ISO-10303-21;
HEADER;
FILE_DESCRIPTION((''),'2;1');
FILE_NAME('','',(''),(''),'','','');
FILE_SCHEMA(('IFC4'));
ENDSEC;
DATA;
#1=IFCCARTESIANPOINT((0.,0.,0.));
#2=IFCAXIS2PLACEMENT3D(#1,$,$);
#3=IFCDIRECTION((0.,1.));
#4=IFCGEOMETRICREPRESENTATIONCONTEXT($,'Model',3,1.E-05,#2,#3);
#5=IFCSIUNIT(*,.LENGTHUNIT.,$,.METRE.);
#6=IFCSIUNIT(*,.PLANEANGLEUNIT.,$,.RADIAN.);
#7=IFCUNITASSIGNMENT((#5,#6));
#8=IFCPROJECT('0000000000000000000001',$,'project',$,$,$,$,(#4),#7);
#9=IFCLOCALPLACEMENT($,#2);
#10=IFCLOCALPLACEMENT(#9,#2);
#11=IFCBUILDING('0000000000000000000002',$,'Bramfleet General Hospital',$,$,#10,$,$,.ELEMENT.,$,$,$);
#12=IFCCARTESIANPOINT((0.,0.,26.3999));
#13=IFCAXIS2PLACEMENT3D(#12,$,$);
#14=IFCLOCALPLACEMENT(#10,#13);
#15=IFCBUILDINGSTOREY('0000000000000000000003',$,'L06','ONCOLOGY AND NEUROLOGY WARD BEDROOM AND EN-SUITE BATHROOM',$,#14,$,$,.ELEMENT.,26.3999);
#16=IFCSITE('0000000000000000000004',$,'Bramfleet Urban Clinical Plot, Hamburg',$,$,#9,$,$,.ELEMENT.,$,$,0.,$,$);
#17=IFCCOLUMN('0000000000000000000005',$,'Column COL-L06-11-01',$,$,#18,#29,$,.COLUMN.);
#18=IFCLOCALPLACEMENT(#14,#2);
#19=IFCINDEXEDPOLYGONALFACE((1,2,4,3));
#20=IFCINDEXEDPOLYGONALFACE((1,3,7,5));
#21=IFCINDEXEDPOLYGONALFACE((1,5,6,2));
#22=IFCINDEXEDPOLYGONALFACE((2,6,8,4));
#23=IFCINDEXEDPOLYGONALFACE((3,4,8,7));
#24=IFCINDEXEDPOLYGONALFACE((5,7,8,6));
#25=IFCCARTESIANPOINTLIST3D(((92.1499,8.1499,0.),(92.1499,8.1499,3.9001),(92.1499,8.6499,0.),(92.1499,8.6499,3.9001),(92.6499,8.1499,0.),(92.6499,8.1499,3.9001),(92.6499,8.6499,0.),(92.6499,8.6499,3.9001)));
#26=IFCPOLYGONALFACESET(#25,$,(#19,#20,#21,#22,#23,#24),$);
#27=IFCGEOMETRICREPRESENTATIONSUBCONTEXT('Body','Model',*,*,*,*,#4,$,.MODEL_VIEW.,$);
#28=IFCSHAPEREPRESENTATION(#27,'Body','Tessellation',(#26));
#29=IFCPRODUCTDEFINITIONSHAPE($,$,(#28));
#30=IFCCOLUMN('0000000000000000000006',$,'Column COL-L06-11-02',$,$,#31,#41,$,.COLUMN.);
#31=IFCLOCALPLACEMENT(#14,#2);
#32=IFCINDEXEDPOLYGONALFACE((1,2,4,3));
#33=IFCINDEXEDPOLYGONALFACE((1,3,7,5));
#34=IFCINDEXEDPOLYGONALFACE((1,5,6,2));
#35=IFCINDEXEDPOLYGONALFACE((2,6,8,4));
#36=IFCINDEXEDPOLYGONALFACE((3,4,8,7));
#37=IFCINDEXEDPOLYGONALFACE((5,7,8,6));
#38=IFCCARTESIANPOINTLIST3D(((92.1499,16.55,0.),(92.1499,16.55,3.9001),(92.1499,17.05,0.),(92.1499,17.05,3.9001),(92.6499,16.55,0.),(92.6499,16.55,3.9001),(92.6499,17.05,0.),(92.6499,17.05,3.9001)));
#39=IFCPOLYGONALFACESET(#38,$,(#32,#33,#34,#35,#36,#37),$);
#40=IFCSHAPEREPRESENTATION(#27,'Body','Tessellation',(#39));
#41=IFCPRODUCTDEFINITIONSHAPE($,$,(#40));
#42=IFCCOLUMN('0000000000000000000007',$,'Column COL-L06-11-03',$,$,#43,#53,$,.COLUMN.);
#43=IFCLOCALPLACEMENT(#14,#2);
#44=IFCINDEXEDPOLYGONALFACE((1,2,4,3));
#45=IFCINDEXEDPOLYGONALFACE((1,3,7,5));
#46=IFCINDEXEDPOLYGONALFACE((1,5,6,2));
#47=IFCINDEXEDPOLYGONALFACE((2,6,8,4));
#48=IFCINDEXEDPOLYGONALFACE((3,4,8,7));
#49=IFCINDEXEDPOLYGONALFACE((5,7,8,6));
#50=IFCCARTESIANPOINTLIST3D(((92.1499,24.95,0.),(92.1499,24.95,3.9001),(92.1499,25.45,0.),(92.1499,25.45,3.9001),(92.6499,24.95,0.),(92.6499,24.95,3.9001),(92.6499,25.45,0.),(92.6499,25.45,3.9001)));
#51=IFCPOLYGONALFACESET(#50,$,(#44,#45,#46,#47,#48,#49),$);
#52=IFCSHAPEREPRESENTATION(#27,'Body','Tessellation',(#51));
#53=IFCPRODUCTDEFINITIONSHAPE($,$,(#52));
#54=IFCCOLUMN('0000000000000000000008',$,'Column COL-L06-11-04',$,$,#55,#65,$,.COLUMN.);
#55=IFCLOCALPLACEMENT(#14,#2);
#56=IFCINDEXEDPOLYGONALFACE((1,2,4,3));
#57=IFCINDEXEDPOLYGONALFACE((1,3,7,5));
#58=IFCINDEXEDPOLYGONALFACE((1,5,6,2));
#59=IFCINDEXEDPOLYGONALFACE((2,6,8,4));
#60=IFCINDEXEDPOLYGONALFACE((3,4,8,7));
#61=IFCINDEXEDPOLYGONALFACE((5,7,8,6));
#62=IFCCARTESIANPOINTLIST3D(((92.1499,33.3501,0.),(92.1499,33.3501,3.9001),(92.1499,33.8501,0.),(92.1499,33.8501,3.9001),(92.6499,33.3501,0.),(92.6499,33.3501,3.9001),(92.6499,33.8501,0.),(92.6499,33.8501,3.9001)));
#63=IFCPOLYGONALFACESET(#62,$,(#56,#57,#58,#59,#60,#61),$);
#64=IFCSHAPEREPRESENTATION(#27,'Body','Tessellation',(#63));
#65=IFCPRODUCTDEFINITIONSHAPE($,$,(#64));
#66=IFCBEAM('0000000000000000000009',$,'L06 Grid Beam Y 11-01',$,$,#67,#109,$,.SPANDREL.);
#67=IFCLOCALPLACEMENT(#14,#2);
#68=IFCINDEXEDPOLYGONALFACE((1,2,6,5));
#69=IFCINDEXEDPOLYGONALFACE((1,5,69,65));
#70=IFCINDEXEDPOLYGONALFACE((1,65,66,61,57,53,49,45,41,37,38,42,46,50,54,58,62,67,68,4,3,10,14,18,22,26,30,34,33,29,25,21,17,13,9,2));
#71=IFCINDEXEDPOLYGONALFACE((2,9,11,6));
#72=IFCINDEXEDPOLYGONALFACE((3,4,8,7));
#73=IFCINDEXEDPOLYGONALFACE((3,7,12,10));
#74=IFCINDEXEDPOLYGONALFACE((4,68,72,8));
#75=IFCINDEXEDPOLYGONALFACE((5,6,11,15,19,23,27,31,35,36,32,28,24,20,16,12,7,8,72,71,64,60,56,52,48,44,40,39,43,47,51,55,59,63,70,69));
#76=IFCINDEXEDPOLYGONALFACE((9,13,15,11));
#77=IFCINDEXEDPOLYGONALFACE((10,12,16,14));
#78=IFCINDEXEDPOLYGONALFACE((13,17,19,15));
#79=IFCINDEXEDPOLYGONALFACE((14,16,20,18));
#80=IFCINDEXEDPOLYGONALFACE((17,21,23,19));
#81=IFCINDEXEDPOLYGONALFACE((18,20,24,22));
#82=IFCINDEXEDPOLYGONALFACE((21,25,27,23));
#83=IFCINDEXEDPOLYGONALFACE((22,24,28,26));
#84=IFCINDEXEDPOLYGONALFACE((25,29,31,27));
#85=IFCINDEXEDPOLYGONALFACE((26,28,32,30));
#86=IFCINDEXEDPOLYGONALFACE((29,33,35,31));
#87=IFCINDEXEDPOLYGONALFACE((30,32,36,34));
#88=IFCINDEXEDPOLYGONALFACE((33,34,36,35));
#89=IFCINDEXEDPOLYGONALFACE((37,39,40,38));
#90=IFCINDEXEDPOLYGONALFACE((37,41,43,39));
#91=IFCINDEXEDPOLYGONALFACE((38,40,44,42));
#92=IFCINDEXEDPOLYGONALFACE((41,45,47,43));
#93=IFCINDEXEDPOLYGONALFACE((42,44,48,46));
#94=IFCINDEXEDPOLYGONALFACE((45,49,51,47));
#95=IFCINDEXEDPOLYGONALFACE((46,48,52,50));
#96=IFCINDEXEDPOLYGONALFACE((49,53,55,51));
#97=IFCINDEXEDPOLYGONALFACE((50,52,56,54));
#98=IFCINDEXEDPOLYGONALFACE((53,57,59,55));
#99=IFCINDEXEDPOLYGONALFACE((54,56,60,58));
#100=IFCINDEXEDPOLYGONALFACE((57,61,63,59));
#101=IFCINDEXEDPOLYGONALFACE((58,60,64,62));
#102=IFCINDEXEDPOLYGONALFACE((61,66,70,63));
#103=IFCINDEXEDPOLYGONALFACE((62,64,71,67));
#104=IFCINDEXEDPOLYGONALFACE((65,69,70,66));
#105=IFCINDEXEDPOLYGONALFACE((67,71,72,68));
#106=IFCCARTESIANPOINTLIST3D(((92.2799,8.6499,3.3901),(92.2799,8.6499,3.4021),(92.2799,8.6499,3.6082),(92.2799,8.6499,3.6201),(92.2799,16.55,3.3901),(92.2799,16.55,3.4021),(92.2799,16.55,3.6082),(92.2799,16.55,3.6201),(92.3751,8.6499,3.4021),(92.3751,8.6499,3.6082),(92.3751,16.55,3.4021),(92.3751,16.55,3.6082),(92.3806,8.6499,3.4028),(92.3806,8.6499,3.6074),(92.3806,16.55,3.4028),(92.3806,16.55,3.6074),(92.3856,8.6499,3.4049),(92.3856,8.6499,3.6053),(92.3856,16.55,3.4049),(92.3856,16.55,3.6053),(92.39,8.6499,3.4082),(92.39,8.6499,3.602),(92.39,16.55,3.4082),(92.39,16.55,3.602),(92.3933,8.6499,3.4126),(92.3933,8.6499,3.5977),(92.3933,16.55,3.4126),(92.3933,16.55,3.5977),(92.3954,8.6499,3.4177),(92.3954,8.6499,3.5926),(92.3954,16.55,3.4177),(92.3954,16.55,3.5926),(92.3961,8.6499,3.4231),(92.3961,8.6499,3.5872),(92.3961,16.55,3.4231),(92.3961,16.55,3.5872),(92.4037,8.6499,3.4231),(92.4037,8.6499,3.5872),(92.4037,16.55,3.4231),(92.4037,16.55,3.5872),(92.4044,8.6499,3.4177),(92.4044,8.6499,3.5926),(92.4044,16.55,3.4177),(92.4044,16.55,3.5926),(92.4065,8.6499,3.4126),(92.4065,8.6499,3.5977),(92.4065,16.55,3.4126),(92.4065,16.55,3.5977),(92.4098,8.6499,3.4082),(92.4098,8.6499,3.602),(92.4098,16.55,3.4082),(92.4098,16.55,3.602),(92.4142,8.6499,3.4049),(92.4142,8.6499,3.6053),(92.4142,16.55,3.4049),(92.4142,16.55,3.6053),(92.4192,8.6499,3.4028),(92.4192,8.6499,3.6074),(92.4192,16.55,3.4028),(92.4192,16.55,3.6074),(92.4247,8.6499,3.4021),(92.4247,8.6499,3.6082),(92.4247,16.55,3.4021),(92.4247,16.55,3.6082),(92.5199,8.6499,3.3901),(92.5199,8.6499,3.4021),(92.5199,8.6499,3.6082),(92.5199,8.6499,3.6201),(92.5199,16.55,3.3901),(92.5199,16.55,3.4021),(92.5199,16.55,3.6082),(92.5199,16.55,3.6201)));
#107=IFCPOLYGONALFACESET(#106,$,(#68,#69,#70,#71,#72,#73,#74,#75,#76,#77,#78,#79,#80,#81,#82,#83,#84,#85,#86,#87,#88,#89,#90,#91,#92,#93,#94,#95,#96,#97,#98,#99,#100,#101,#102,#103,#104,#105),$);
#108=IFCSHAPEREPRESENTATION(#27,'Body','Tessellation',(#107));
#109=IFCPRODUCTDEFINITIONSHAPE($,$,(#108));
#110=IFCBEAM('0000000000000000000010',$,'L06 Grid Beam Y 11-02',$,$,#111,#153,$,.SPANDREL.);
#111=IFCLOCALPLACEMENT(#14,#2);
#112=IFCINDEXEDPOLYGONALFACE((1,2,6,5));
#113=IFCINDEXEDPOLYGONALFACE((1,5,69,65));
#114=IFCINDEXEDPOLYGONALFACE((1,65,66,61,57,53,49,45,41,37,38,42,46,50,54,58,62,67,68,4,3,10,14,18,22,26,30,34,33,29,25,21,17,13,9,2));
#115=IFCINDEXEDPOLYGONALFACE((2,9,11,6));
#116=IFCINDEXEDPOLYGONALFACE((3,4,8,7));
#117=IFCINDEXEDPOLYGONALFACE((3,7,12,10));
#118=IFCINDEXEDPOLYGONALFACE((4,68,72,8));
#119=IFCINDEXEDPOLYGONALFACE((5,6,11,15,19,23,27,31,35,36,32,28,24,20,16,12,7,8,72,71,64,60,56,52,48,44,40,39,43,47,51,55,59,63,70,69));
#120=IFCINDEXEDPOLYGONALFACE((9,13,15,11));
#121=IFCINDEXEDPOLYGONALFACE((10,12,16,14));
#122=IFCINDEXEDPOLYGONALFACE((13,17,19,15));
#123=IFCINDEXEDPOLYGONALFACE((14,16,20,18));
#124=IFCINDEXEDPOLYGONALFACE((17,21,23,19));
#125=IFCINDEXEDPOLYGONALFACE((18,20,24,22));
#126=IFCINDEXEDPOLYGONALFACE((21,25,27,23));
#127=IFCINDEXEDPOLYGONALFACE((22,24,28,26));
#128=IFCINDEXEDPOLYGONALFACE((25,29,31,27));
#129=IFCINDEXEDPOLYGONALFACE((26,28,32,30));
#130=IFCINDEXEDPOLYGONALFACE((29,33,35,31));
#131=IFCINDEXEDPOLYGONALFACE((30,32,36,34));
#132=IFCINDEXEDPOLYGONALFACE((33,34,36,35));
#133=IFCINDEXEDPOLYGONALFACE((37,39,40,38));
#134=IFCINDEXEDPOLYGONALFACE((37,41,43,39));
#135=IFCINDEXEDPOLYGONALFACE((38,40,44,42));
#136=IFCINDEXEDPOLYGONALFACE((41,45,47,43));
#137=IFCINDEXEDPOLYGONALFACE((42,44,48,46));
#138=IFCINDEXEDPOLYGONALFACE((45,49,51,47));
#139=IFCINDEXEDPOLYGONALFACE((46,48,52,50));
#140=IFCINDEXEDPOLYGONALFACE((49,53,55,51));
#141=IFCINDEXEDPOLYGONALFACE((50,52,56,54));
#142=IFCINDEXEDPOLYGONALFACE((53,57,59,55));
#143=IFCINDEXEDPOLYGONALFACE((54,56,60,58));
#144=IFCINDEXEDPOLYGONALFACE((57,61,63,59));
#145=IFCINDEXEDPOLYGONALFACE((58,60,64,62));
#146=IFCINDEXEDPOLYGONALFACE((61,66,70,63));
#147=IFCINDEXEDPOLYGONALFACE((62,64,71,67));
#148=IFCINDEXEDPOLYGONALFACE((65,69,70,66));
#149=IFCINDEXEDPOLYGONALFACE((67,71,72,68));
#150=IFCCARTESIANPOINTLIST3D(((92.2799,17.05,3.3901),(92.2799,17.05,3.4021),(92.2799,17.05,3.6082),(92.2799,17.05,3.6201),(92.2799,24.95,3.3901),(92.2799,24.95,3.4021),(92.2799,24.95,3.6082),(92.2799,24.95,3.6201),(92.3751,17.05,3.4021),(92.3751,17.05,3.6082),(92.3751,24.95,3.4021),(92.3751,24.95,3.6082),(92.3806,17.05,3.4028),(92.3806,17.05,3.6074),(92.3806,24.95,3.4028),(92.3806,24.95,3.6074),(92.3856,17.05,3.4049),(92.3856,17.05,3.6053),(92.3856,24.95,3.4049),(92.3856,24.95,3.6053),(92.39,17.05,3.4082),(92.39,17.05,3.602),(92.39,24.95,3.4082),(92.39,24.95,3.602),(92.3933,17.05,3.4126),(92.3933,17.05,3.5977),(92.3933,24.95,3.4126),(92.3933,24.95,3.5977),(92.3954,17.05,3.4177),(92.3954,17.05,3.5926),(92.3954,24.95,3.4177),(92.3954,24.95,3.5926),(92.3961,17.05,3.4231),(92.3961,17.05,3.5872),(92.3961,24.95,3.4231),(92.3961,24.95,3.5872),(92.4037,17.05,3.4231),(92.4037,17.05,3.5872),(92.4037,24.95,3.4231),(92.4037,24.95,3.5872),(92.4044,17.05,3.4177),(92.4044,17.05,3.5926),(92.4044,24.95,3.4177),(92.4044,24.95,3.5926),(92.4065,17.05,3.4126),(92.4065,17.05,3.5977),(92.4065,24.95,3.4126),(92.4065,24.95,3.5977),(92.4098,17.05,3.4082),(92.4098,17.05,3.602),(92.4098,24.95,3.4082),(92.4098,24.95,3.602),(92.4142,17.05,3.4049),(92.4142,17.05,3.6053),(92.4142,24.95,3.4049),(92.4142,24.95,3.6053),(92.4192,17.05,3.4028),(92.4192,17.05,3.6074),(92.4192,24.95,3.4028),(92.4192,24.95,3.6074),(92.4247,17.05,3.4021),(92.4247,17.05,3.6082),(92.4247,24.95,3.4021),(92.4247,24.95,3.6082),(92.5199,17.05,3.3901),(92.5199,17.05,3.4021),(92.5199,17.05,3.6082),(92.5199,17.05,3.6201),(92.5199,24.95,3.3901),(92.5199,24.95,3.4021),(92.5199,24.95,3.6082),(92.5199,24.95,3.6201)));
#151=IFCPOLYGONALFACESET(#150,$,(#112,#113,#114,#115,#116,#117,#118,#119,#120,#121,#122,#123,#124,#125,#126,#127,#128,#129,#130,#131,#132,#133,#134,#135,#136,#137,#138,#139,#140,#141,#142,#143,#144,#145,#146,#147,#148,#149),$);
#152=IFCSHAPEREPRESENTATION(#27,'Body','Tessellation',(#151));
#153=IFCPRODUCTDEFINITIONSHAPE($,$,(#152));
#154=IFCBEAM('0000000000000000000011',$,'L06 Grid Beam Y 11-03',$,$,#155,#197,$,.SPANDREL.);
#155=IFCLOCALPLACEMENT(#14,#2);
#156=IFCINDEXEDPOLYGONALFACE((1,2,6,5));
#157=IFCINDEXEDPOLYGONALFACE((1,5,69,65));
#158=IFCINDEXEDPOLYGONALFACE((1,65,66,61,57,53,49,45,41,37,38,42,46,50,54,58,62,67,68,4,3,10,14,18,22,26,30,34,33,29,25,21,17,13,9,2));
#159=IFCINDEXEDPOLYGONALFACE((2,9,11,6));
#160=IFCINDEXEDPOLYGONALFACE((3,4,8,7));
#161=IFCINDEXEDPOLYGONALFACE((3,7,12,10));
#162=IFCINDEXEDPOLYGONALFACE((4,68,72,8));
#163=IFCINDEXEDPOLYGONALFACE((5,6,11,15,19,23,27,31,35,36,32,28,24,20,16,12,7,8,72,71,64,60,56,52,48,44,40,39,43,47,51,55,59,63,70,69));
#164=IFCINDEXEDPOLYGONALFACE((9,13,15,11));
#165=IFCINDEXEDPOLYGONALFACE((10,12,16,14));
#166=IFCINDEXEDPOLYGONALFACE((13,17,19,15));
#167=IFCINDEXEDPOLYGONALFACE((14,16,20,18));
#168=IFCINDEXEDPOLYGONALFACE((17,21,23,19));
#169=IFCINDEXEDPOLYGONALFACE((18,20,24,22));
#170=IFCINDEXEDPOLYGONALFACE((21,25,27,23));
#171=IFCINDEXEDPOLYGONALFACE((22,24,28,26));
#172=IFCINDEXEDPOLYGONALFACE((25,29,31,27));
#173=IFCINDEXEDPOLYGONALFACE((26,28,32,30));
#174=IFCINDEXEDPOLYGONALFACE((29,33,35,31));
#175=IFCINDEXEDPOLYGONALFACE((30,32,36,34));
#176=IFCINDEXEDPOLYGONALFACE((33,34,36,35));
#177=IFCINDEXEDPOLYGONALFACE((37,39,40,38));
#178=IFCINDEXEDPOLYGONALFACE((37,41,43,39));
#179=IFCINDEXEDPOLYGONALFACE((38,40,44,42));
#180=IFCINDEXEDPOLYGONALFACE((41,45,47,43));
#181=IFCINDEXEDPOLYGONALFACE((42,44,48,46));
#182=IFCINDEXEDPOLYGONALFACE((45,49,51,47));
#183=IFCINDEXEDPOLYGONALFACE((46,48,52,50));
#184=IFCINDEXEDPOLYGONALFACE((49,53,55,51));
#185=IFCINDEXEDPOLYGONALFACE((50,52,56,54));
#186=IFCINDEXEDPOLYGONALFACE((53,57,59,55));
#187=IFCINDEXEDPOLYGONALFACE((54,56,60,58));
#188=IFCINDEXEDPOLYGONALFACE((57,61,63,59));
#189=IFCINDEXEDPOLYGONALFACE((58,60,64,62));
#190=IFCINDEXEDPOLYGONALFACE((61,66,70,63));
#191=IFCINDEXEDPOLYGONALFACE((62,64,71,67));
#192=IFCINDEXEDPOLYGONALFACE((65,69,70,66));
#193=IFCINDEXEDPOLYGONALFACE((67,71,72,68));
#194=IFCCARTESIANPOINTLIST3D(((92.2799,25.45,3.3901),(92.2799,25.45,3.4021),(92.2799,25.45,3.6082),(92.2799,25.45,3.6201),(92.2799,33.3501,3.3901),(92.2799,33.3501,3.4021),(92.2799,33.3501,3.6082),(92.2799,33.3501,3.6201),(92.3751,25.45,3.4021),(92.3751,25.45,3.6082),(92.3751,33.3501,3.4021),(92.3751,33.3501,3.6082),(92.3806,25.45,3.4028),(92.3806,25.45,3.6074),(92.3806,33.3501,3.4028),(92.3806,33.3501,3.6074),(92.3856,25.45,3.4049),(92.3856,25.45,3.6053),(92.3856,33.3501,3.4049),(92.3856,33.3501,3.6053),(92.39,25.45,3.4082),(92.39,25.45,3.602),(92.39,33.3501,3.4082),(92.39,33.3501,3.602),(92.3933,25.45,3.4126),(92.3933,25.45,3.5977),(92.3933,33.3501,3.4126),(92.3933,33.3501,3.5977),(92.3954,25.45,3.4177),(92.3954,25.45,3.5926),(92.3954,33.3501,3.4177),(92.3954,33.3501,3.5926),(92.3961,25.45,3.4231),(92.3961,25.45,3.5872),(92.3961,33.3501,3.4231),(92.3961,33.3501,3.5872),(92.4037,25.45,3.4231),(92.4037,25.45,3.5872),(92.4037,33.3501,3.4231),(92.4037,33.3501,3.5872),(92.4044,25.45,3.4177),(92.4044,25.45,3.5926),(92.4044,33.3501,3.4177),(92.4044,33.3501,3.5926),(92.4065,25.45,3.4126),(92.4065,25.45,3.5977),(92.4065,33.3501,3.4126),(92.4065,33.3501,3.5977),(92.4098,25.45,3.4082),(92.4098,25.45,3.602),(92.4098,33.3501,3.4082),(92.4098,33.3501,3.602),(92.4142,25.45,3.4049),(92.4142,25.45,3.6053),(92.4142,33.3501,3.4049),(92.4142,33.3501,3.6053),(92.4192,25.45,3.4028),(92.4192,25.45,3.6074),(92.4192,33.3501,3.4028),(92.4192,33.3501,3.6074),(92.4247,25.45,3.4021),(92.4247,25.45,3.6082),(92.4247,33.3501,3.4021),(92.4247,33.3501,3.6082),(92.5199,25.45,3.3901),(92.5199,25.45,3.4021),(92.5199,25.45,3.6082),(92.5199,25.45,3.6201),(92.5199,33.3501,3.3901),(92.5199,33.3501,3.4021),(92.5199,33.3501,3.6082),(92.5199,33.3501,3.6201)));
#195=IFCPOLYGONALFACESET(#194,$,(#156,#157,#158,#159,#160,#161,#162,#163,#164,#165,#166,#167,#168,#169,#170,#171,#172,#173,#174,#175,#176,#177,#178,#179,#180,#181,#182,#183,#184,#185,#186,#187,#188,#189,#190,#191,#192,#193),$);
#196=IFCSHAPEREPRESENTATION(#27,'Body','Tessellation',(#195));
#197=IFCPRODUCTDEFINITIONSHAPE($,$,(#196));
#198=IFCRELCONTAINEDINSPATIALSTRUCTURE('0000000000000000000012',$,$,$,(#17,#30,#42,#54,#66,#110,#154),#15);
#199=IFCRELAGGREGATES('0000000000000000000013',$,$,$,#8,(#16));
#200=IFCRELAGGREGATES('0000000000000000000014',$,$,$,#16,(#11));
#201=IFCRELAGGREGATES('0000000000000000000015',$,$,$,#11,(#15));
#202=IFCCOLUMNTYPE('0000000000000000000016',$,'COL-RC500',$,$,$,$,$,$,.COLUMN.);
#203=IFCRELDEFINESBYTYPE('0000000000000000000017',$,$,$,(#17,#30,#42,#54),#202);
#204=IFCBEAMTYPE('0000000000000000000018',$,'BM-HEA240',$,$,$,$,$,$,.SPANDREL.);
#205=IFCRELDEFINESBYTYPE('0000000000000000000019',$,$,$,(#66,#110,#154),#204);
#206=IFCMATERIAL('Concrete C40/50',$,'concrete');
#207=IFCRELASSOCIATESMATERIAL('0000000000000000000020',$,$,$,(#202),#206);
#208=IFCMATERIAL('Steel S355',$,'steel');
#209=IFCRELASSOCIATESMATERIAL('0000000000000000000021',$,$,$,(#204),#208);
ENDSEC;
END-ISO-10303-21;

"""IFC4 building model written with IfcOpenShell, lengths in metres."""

from ifc_helpers import new_model, si_unit, direction, frame, origin, origin_2d, place, context, subcontext, project, spatial, rectangle, i_section, extrude, material, material_profile, profile_set, type_object, element, save


model = new_model("IFC4")

# Units and contexts
model_context = context("Model", 3, precision=1e-05, world=origin(), true_north=direction((0.0, 1.0)))
body_context = subcontext(model_context, "Body", "Model", "MODEL_VIEW")
ifc_project = project(units=[si_unit("LENGTHUNIT", "METRE"), si_unit("PLANEANGLEUNIT", "RADIAN")], contexts=[model_context])

# Site, building, storey
site_placement = place(None, origin())
site = spatial("IfcSite", under=ifc_project, at=site_placement, Name="Bramfleet Urban Clinical Plot, Hamburg", CompositionType="ELEMENT", RefElevation=0.0)
building_placement = place(site_placement, origin())
building = spatial("IfcBuilding", under=site, at=building_placement, Name="Bramfleet General Hospital", CompositionType="ELEMENT")
storey_placement = place(building_placement, frame((0.0, 0.0, 26.3999)))
storey = spatial("IfcBuildingStorey", under=building, at=storey_placement, Name="L06", Description="ONCOLOGY AND NEUROLOGY WARD BEDROOM AND EN-SUITE BATHROOM", CompositionType="ELEMENT", Elevation=26.3999)

# Columns
ifc_material_1 = material(Name="Concrete C40/50", Category="concrete")
ifc_material_profile_1 = material_profile(ifc_material_1, rectangle(XDim=0.5, YDim=0.5, at=origin_2d()), Name="RC COL 500x500")
ifc_profile_set_1 = profile_set([ifc_material_profile_1], Name="Concrete C40/50")
column_type = type_object("IfcColumnType", Name="COL-RC500", PredefinedType="COLUMN", material=ifc_profile_set_1)
for number, where, z_axis, x_axis, name in (
    (1, (92.3999, 8.3999, 0.0), (0.0, 0.0, 1.0), (1.0, 0.0, 0.0), "Column COL-L06-11-01"),
    (2, (92.3999, 16.8, 0.0), (0.0, 0.0, 1.0), (1.0, 0.0, 0.0), "Column COL-L06-11-02"),
    (3, (92.3999, 25.2, 0.0), (0.0, 0.0, 1.0), (1.0, 0.0, 0.0), "Column COL-L06-11-03"),
    (4, (92.3999, 33.6001, 0.0), (0.0, 0.0, 1.0), (1.0, 0.0, 0.0), "Column COL-L06-11-04"),
):
    element("IfcColumn", number, at=place(storey_placement, frame(where, z_axis=z_axis, x_axis=x_axis)), inside=storey, type_object=column_type, Name=name, PredefinedType="COLUMN", context=body_context, shape_type="SweptSolid", body=[
        extrude(rectangle(XDim=0.5, YDim=0.5, at=origin_2d()), origin(), (0.0, 0.0, 1.0), 3.9001),
    ])

# Beams
ifc_material_2 = material(Name="Steel S355", Category="steel")
ifc_material_profile_2 = material_profile(ifc_material_2, i_section(OverallWidth=0.24, OverallDepth=0.23, WebThickness=0.0076, FlangeThickness=0.012, FilletRadius=0.021, at=origin_2d()), Name="HEA 240")
ifc_profile_set_2 = profile_set([ifc_material_profile_2], Name="Steel S355")
beam_type = type_object("IfcBeamType", Name="BM-HEA240", PredefinedType="SPANDREL", material=ifc_profile_set_2)
beam_1_placement = place(storey_placement, frame((92.3999, 8.6499, 3.5051), z_axis=(0.0, 1.0, 0.0), x_axis=(-1.0, 0.0, 0.0)))
element("IfcBeam", 5, at=beam_1_placement, inside=storey, type_object=beam_type, Name="L06 Grid Beam Y 11-01", PredefinedType="SPANDREL", context=body_context, shape_type="SweptSolid", body=[
    extrude(i_section(OverallWidth=0.24, OverallDepth=0.23, WebThickness=0.0076, FlangeThickness=0.012, FilletRadius=0.021, at=origin_2d()), origin(), (0.0, 0.0, 1.0), 7.9001),
])
beam_2_placement = place(storey_placement, frame((92.3999, 17.05, 3.5051), z_axis=(0.0, 1.0, 0.0), x_axis=(-1.0, 0.0, 0.0)))
element("IfcBeam", 6, at=beam_2_placement, inside=storey, type_object=beam_type, Name="L06 Grid Beam Y 11-02", PredefinedType="SPANDREL", context=body_context, shape_type="SweptSolid", body=[
    extrude(i_section(OverallWidth=0.24, OverallDepth=0.23, WebThickness=0.0076, FlangeThickness=0.012, FilletRadius=0.021, at=origin_2d()), origin(), (0.0, 0.0, 1.0), 7.8999),
])
beam_3_placement = place(storey_placement, frame((92.3999, 25.45, 3.5051), z_axis=(0.0, 1.0, 0.0), x_axis=(-1.0, 0.0, 0.0)))
element("IfcBeam", 7, at=beam_3_placement, inside=storey, type_object=beam_type, Name="L06 Grid Beam Y 11-03", PredefinedType="SPANDREL", context=body_context, shape_type="SweptSolid", body=[
    extrude(i_section(OverallWidth=0.24, OverallDepth=0.23, WebThickness=0.0076, FlangeThickness=0.012, FilletRadius=0.021, at=origin_2d()), origin(), (0.0, 0.0, 1.0), 7.9001),
])

save(model, "model.ifc")
